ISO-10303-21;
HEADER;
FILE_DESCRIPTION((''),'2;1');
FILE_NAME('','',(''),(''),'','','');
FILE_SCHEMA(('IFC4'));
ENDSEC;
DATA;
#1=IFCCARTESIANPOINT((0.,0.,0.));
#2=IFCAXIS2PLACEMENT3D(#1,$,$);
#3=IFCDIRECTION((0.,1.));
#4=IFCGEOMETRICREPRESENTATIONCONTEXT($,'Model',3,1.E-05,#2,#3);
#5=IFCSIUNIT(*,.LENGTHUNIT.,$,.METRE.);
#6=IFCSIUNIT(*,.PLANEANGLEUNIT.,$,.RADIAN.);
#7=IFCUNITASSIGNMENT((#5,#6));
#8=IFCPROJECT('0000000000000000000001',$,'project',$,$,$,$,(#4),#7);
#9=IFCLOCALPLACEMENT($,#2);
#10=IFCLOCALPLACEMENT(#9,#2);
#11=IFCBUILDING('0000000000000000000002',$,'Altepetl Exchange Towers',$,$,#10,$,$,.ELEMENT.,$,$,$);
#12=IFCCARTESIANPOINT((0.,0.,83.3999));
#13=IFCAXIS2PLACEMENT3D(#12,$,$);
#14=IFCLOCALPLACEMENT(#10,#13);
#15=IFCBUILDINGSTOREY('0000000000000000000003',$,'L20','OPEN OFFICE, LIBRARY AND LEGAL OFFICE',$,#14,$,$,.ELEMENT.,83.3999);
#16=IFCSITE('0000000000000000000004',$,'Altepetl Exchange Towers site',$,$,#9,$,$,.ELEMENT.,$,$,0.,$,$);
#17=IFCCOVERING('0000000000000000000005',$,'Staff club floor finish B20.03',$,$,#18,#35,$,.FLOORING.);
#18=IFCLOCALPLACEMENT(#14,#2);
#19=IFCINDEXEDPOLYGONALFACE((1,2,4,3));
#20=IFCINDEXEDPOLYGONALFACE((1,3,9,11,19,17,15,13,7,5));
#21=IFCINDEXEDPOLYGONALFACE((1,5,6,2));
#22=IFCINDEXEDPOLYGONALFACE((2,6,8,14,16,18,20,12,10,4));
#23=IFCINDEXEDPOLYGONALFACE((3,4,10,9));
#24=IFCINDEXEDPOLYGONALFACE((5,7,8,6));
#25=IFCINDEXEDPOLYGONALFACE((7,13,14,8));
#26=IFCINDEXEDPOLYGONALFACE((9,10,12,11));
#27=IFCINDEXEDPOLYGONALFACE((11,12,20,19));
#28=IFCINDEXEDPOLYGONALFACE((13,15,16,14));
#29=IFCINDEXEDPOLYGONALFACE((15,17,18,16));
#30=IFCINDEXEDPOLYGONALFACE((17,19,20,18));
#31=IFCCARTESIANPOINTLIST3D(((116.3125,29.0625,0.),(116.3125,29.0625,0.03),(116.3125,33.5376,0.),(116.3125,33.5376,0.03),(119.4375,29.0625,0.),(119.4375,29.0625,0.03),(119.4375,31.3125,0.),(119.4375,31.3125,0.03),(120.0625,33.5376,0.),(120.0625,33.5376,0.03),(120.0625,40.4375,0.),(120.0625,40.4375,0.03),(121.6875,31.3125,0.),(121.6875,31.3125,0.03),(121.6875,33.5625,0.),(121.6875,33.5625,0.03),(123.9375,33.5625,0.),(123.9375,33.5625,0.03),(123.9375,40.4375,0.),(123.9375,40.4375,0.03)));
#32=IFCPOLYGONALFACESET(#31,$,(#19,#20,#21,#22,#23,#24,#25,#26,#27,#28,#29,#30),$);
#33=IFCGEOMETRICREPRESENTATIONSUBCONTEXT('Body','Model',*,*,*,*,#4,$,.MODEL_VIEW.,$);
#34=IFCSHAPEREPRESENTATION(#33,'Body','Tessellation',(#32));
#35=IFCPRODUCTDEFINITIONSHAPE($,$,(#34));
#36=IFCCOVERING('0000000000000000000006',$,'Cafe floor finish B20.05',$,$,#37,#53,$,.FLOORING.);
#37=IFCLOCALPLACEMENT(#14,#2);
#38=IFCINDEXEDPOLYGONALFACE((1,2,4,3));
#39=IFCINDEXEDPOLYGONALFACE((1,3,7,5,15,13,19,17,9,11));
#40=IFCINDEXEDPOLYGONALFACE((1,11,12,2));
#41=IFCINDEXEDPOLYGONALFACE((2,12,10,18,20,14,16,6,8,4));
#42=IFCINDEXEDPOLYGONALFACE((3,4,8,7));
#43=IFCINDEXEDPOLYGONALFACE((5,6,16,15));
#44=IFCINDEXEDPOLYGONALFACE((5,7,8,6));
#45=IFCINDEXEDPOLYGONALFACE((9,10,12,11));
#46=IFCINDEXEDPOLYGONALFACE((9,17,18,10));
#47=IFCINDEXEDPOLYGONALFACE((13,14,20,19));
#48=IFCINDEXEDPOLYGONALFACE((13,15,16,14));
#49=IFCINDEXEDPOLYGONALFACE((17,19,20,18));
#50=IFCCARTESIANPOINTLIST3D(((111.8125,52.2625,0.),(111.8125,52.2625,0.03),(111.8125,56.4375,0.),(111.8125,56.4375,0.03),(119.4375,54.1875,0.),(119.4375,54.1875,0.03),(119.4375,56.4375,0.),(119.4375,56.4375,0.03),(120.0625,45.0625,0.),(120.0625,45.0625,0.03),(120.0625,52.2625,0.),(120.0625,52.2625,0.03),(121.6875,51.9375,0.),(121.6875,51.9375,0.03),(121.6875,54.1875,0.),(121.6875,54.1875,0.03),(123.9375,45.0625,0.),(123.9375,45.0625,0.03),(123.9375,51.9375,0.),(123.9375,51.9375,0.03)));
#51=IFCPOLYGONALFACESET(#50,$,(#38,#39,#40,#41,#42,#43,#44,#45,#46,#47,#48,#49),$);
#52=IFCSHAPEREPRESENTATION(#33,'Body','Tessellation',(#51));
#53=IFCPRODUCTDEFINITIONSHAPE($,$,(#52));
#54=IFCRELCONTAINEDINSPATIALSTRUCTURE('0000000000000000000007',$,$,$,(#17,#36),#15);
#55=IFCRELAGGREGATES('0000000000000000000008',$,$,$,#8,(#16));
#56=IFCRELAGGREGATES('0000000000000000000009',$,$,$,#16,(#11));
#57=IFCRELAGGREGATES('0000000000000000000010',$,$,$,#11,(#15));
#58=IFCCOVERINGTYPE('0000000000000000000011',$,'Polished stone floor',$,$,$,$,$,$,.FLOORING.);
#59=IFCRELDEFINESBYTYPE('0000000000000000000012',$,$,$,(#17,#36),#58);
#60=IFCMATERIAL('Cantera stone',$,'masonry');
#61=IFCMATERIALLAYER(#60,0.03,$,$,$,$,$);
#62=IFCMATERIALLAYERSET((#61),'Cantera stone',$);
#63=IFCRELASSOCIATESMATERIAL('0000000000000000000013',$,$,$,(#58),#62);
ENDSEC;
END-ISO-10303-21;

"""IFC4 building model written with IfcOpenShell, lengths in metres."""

from ifc_helpers import new_model, si_unit, direction, frame, origin, place, context, subcontext, project, spatial, polyline, outline, extrude, material, layer, layer_set, type_object, element, save


model = new_model("IFC4")

# Units and contexts
model_context = context("Model", 3, precision=1e-05, world=origin(), true_north=direction((0.0, 1.0)))
body_context = subcontext(model_context, "Body", "Model", "MODEL_VIEW")
ifc_project = project(units=[si_unit("LENGTHUNIT", "METRE"), si_unit("PLANEANGLEUNIT", "RADIAN")], contexts=[model_context])

# Site, building, storey
site_placement = place(None, origin())
site = spatial("IfcSite", under=ifc_project, at=site_placement, Name="Altepetl Exchange Towers site", CompositionType="ELEMENT", RefElevation=0.0)
building_placement = place(site_placement, origin())
building = spatial("IfcBuilding", under=site, at=building_placement, Name="Altepetl Exchange Towers", CompositionType="ELEMENT")
storey_placement = place(building_placement, frame((0.0, 0.0, 83.3999)))
storey = spatial("IfcBuildingStorey", under=building, at=storey_placement, Name="L20", Description="OPEN OFFICE, LIBRARY AND LEGAL OFFICE", CompositionType="ELEMENT", Elevation=83.3999)

# Coverings
ifc_material_1 = material(Name="Cantera stone", Category="masonry")
ifc_layer_1 = layer(ifc_material_1, 0.03)
ifc_layer_set_1 = layer_set([ifc_layer_1], Name="Cantera stone")
covering_type_1 = type_object("IfcCoveringType", Name="Polished stone floor", PredefinedType="FLOORING", material=ifc_layer_set_1)
covering_1_placement = place(storey_placement, origin())
element("IfcCovering", 1, at=covering_1_placement, inside=storey, type_object=covering_type_1, Name="Staff club floor finish B20.03", PredefinedType="FLOORING", context=body_context, shape_type="SweptSolid", body=[
    extrude(outline(polyline([(123.9375, 33.5625), (123.9375, 40.4375), (120.0625, 40.4375), (120.0625, 33.5376), (116.3125, 33.5376), (116.3125, 29.0625), (119.4375, 29.0625), (119.4375, 31.3125), (121.6875, 31.3125), (121.6875, 33.5625), (123.9375, 33.5625)])), origin(), (0.0, 0.0, 1.0), 0.03),
])
covering_2_placement = place(storey_placement, origin())
element("IfcCovering", 2, at=covering_2_placement, inside=storey, type_object=covering_type_1, Name="Cafe floor finish B20.05", PredefinedType="FLOORING", context=body_context, shape_type="SweptSolid", body=[
    extrude(outline(polyline([(121.6875, 54.1875), (119.4375, 54.1875), (119.4375, 56.4375), (111.8125, 56.4375), (111.8125, 52.2625), (120.0625, 52.2625), (120.0625, 45.0625), (123.9375, 45.0625), (123.9375, 51.9375), (121.6875, 51.9375), (121.6875, 54.1875)])), origin(), (0.0, 0.0, 1.0), 0.03),
])

save(model, "model.ifc")
